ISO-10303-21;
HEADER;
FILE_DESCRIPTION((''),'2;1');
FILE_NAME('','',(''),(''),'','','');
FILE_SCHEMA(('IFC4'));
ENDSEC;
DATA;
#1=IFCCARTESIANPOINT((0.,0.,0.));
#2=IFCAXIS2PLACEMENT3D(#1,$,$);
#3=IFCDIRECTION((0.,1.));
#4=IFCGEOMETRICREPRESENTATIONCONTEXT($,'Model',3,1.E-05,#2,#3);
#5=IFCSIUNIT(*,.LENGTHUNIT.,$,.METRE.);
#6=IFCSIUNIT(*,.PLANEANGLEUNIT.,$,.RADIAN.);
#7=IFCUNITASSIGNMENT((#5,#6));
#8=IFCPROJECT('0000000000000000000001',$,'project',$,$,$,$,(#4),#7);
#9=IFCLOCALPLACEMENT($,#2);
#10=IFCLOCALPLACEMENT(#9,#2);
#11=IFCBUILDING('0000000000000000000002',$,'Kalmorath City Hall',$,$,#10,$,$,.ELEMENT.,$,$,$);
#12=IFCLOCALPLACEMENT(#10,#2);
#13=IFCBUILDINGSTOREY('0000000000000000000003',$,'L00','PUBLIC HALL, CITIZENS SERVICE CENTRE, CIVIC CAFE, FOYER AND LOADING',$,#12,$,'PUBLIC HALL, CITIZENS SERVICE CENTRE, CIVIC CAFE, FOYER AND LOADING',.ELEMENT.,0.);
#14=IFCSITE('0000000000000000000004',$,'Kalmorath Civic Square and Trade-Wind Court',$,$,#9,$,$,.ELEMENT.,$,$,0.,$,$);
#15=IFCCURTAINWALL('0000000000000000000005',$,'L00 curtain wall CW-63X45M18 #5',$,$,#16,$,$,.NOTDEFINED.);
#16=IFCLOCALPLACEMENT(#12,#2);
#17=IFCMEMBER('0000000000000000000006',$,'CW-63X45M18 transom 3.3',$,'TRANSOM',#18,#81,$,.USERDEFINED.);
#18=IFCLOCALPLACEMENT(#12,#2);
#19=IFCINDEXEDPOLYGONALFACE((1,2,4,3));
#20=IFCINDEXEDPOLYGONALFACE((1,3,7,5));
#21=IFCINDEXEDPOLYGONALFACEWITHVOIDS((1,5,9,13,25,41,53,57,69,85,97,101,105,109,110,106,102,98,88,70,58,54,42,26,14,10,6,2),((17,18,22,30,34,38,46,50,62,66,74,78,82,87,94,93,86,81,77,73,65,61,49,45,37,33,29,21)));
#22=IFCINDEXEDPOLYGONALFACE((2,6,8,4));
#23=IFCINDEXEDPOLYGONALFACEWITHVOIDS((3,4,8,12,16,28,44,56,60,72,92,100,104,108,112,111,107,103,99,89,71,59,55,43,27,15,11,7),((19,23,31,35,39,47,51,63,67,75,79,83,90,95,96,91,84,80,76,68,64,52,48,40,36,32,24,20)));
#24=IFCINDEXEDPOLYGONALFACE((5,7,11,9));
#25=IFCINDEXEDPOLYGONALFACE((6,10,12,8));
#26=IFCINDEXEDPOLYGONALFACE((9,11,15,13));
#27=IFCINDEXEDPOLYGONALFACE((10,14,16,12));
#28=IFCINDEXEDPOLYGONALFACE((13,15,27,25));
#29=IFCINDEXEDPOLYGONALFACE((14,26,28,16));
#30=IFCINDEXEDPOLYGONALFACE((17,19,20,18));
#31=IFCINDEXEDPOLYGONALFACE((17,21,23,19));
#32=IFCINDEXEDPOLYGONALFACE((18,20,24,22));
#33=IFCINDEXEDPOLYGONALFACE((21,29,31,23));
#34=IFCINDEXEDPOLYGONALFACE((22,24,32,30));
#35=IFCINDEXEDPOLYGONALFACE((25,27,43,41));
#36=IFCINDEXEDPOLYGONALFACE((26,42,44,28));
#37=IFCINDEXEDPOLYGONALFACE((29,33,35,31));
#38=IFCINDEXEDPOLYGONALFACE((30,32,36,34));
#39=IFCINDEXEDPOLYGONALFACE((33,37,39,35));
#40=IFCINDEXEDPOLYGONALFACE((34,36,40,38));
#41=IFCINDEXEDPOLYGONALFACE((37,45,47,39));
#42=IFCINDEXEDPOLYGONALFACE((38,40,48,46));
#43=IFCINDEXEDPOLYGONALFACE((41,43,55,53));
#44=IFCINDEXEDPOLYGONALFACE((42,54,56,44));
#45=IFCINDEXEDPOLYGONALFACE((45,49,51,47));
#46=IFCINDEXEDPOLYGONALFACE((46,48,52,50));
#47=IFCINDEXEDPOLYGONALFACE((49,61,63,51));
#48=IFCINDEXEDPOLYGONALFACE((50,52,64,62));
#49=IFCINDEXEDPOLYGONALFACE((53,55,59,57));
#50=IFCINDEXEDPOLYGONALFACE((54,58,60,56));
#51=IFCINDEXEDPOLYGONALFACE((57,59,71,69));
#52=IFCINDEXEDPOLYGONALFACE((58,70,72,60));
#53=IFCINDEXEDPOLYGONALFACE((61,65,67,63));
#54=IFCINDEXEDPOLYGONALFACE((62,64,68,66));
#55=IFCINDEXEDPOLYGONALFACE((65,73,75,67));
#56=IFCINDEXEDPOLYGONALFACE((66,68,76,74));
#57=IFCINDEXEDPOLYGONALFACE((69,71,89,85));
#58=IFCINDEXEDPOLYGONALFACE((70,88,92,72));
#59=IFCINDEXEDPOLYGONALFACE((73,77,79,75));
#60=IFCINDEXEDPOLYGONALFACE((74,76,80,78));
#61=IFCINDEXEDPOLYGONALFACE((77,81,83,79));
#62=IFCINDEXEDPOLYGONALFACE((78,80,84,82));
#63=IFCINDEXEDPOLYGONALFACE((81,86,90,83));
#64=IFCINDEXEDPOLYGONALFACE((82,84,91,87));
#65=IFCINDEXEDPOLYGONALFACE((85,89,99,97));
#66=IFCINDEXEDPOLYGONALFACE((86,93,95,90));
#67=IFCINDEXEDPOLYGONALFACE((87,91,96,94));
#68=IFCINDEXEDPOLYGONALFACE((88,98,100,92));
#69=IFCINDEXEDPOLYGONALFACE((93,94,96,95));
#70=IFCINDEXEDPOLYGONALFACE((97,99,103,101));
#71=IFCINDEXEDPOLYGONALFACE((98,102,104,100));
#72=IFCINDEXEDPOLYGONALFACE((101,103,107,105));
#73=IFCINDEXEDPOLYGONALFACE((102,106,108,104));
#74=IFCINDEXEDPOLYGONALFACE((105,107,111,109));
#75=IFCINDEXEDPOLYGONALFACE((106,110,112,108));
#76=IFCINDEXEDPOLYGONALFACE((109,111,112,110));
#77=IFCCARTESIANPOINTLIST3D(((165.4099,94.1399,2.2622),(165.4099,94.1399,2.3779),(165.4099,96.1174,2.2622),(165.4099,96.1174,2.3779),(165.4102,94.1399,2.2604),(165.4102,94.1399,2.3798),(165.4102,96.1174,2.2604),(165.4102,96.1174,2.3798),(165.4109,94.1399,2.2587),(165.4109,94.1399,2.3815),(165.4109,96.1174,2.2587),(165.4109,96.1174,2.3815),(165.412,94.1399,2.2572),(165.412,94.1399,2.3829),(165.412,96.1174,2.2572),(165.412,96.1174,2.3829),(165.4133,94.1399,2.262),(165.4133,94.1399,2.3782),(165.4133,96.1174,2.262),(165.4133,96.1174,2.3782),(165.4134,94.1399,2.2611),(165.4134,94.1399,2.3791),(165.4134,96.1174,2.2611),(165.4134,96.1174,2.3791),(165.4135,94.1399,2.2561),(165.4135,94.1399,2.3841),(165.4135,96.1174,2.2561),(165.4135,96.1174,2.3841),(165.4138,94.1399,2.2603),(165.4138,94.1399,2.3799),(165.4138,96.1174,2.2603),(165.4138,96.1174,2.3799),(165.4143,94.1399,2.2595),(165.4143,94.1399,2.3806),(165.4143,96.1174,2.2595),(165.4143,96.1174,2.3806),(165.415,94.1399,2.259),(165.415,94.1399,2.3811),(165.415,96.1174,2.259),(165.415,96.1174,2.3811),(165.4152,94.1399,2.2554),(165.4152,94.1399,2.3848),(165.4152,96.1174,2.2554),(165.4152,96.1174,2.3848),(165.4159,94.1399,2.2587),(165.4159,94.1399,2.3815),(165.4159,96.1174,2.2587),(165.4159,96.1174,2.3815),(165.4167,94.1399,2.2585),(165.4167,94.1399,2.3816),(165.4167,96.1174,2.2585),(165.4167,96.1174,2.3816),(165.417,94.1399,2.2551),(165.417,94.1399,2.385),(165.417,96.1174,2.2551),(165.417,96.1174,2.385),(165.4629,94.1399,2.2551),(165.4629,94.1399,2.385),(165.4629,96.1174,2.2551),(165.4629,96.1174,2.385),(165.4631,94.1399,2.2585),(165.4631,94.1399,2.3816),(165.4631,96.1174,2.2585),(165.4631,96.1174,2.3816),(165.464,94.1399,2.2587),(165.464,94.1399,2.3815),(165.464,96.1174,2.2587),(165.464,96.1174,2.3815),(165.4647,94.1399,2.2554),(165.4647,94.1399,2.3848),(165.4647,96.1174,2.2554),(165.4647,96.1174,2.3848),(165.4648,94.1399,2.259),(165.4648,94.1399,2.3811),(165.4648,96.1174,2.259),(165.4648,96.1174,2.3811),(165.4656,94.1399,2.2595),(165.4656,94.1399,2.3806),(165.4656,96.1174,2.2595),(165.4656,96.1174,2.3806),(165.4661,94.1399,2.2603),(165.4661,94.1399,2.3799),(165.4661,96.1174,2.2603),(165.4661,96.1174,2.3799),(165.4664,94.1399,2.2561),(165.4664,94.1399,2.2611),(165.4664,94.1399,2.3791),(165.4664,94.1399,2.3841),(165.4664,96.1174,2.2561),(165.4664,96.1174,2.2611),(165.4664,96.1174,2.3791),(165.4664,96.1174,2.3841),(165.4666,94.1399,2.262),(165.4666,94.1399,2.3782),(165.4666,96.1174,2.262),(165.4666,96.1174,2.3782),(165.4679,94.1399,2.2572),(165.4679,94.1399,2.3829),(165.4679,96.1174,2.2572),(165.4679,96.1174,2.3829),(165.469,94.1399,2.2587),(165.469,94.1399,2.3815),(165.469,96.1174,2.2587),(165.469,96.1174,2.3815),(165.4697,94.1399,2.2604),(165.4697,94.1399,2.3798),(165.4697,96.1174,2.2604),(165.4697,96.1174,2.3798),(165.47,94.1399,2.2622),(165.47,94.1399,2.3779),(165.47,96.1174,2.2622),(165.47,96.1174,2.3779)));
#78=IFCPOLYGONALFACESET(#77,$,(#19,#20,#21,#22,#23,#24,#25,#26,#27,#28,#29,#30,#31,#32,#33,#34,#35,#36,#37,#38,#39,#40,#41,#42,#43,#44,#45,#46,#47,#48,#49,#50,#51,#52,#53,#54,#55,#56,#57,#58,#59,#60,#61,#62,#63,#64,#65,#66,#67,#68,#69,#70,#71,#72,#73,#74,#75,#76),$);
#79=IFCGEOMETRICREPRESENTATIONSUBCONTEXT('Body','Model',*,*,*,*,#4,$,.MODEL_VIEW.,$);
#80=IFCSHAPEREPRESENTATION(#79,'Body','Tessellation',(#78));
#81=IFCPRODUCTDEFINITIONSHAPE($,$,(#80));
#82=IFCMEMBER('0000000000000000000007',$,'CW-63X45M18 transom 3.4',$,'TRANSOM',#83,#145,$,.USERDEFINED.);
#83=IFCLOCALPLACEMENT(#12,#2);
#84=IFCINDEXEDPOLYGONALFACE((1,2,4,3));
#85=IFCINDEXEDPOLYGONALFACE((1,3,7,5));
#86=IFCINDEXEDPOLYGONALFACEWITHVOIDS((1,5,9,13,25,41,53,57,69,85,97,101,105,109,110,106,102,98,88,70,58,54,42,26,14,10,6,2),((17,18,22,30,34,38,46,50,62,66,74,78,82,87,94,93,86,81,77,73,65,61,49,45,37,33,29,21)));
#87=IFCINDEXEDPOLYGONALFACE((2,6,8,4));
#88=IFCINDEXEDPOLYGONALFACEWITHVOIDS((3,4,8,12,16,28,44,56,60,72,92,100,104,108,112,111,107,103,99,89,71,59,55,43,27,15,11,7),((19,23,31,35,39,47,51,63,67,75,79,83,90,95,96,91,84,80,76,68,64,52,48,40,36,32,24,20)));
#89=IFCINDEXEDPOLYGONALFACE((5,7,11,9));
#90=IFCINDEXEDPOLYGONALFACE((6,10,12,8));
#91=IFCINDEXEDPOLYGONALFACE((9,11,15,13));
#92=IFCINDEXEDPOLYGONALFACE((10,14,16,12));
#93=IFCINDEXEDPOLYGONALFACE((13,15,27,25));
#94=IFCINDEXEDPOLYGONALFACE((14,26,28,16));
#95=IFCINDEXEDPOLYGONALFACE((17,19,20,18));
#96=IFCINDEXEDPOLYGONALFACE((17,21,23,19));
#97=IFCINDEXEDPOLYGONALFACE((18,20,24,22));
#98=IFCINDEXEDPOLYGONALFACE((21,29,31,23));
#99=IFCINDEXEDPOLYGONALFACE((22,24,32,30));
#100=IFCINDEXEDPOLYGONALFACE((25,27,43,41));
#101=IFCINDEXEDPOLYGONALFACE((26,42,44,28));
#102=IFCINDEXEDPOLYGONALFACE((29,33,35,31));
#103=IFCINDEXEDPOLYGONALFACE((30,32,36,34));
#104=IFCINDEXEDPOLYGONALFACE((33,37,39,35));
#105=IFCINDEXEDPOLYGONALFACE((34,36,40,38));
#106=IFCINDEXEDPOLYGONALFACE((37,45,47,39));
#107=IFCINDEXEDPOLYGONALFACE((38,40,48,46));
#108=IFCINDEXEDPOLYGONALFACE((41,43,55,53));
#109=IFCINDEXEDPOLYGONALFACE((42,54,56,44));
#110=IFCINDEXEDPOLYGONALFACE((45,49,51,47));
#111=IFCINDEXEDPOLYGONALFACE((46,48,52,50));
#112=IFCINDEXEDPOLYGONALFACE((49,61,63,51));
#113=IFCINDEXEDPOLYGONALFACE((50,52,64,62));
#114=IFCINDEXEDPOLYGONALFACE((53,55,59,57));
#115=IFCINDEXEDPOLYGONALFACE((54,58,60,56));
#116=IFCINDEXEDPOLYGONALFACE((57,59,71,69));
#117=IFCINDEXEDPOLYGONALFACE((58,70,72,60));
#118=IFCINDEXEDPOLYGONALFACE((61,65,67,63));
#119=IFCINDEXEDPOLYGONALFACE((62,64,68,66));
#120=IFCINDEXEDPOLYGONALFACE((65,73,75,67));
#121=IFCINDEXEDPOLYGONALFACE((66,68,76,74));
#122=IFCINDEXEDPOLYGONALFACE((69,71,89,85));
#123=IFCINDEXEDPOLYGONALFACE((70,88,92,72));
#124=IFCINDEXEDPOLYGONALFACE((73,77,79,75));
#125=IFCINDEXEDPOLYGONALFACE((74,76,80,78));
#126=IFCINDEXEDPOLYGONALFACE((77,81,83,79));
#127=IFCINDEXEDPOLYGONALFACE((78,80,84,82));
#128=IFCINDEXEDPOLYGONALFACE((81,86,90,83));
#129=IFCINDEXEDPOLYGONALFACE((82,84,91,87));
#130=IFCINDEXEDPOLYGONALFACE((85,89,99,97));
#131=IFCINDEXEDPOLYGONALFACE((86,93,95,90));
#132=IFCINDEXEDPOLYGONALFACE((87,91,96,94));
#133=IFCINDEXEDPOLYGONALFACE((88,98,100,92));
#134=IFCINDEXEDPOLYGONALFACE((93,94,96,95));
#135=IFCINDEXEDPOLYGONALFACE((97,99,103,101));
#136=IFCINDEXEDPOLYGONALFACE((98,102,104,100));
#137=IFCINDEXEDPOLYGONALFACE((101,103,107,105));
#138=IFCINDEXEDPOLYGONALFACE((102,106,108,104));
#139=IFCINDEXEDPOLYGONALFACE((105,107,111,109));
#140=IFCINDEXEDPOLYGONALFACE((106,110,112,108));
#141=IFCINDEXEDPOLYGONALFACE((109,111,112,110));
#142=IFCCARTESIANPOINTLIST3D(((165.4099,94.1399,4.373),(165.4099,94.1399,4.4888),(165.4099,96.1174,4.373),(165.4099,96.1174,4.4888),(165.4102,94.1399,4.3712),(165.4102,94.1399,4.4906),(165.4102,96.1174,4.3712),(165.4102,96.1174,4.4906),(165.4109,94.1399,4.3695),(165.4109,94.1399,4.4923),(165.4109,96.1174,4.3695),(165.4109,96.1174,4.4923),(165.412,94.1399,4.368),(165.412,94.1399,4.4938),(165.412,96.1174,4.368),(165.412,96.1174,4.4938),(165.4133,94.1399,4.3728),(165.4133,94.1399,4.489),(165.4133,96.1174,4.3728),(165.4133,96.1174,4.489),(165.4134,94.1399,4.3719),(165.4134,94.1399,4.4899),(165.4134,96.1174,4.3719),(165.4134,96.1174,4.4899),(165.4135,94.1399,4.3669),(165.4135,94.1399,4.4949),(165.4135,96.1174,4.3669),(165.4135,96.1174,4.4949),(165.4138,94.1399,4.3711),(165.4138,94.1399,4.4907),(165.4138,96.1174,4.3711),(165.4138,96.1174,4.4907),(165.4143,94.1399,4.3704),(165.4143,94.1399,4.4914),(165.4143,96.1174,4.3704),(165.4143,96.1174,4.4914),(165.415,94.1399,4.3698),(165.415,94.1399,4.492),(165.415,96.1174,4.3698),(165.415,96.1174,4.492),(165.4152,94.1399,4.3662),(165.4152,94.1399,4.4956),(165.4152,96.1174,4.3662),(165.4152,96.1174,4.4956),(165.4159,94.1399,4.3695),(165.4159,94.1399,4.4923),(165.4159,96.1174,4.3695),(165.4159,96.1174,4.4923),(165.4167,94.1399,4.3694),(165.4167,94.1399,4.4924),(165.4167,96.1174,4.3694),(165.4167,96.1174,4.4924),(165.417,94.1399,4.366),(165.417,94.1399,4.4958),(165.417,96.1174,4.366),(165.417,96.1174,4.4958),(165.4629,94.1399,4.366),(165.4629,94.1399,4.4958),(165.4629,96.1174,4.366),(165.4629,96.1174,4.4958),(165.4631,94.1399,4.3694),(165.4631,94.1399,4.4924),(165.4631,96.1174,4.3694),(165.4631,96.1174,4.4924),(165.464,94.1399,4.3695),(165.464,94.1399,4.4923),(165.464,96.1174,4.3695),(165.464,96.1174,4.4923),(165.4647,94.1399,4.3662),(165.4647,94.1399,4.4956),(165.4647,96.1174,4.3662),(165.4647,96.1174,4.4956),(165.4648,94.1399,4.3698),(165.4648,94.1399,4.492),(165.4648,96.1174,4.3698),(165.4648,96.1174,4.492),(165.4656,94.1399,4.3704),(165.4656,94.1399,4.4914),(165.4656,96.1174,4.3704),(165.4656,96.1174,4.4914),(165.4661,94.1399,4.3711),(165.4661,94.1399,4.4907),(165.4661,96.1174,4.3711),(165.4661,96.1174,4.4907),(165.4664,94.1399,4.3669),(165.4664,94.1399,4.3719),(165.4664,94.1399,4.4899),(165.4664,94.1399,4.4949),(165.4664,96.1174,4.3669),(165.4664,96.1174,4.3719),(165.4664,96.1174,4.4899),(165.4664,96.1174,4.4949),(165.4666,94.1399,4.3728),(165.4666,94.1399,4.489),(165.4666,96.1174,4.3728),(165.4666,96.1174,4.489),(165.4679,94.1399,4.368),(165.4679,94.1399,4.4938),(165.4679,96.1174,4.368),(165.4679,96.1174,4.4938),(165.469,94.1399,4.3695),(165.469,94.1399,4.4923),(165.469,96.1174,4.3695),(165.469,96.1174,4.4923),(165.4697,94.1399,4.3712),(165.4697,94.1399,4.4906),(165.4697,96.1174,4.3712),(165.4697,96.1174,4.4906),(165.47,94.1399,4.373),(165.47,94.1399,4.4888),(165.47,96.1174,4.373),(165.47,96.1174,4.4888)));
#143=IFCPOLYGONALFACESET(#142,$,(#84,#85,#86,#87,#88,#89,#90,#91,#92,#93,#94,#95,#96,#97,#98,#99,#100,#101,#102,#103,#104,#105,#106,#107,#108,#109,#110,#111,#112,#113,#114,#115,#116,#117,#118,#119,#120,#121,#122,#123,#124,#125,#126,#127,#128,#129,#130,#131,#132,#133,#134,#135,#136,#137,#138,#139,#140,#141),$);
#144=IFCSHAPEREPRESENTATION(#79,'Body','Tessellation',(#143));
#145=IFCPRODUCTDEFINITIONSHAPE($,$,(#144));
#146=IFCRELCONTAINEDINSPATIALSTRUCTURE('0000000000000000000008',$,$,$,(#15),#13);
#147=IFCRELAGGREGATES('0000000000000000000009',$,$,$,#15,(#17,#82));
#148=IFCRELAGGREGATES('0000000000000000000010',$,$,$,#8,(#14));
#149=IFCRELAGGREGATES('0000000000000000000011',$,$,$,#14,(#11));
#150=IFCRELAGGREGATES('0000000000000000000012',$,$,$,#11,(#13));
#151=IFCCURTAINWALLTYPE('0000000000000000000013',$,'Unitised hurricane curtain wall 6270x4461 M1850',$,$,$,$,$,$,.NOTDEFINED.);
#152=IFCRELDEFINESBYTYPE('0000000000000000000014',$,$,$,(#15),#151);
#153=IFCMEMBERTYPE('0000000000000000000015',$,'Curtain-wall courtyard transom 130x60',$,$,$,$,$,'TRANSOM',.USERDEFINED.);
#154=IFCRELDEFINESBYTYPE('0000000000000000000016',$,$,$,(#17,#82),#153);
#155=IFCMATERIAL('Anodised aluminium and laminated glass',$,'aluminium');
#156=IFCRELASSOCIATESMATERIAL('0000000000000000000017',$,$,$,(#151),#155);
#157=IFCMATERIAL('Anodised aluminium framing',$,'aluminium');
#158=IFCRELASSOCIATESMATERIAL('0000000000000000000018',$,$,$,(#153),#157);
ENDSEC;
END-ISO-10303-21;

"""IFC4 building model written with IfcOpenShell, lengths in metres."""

from ifc_helpers import new_model, si_unit, direction, frame, origin, origin_2d, place, context, subcontext, project, spatial, hollow_rectangle, extrude, material, material_profile, profile_set, type_object, element, aggregate, save


model = new_model("IFC4")

# Units and contexts
model_context = context("Model", 3, precision=1e-05, world=origin(), true_north=direction((0.0, 1.0)))
body_context = subcontext(model_context, "Body", "Model", "MODEL_VIEW")
ifc_project = project(units=[si_unit("LENGTHUNIT", "METRE"), si_unit("PLANEANGLEUNIT", "RADIAN")], contexts=[model_context])

# Site, building, storey
site_placement = place(None, origin())
site = spatial("IfcSite", under=ifc_project, at=site_placement, Name="Kalmorath Civic Square and Trade-Wind Court", CompositionType="ELEMENT", RefElevation=0.0)
building_placement = place(site_placement, origin())
building = spatial("IfcBuilding", under=site, at=building_placement, Name="Kalmorath City Hall", CompositionType="ELEMENT")
storey_placement = place(building_placement, origin())
storey = spatial("IfcBuildingStorey", under=building, at=storey_placement, Name="L00", Description="PUBLIC HALL, CITIZENS SERVICE CENTRE, CIVIC CAFE, FOYER AND LOADING", LongName="PUBLIC HALL, CITIZENS SERVICE CENTRE, CIVIC CAFE, FOYER AND LOADING", CompositionType="ELEMENT", Elevation=0.0)

# Curtain wall, members
ifc_material_1 = material(Name="Anodised aluminium and laminated glass", Category="aluminium")
curtain_wall_type_1 = type_object("IfcCurtainWallType", Name="Unitised hurricane curtain wall 6270x4461 M1850", PredefinedType="NOTDEFINED", material=ifc_material_1)
curtain_wall_1_placement = place(storey_placement, origin())
curtain_wall_1 = element("IfcCurtainWall", 1, at=curtain_wall_1_placement, inside=storey, type_object=curtain_wall_type_1, Name="L00 curtain wall CW-63X45M18 #5", PredefinedType="NOTDEFINED")
ifc_material_2 = material(Name="Anodised aluminium framing", Category="aluminium")
ifc_material_profile_1 = material_profile(ifc_material_2, hollow_rectangle(XDim=0.0601, YDim=0.1299, WallThickness=0.0034, InnerFilletRadius=0.0034, OuterFilletRadius=0.0071, at=origin_2d()), Name="ALU-TRN-130X60X3.5")
ifc_profile_set_1 = profile_set([ifc_material_profile_1], Name="Anodised aluminium framing")
member_type_1 = type_object("IfcMemberType", Name="Curtain-wall courtyard transom 130x60", ElementType="TRANSOM", PredefinedType="USERDEFINED", material=ifc_profile_set_1)
member_1_placement = place(storey_placement, frame((165.4399, 96.1174, 2.3201), z_axis=(0.0, -1.0, 0.0), x_axis=(1.0, 0.0, 0.0)))
member_1 = element("IfcMember", 2, at=member_1_placement, type_object=member_type_1, Name="CW-63X45M18 transom 3.3", ObjectType="TRANSOM", PredefinedType="USERDEFINED", context=body_context, shape_type="SweptSolid", body=[
    extrude(hollow_rectangle(XDim=0.0601, YDim=0.1299, WallThickness=0.0034, InnerFilletRadius=0.0034, OuterFilletRadius=0.0071, at=origin_2d()), origin(), (0.0, 0.0, 1.0), 1.9775),
])
member_2_placement = place(storey_placement, frame((165.4399, 96.1174, 4.4309), z_axis=(0.0, -1.0, 0.0), x_axis=(1.0, 0.0, 0.0)))
member_2 = element("IfcMember", 3, at=member_2_placement, type_object=member_type_1, Name="CW-63X45M18 transom 3.4", ObjectType="TRANSOM", PredefinedType="USERDEFINED", context=body_context, shape_type="SweptSolid", body=[
    extrude(hollow_rectangle(XDim=0.0601, YDim=0.1299, WallThickness=0.0034, InnerFilletRadius=0.0034, OuterFilletRadius=0.0071, at=origin_2d()), origin(), (0.0, 0.0, 1.0), 1.9775),
])

aggregate(curtain_wall_1, [member_1, member_2])

save(model, "model.ifc")
